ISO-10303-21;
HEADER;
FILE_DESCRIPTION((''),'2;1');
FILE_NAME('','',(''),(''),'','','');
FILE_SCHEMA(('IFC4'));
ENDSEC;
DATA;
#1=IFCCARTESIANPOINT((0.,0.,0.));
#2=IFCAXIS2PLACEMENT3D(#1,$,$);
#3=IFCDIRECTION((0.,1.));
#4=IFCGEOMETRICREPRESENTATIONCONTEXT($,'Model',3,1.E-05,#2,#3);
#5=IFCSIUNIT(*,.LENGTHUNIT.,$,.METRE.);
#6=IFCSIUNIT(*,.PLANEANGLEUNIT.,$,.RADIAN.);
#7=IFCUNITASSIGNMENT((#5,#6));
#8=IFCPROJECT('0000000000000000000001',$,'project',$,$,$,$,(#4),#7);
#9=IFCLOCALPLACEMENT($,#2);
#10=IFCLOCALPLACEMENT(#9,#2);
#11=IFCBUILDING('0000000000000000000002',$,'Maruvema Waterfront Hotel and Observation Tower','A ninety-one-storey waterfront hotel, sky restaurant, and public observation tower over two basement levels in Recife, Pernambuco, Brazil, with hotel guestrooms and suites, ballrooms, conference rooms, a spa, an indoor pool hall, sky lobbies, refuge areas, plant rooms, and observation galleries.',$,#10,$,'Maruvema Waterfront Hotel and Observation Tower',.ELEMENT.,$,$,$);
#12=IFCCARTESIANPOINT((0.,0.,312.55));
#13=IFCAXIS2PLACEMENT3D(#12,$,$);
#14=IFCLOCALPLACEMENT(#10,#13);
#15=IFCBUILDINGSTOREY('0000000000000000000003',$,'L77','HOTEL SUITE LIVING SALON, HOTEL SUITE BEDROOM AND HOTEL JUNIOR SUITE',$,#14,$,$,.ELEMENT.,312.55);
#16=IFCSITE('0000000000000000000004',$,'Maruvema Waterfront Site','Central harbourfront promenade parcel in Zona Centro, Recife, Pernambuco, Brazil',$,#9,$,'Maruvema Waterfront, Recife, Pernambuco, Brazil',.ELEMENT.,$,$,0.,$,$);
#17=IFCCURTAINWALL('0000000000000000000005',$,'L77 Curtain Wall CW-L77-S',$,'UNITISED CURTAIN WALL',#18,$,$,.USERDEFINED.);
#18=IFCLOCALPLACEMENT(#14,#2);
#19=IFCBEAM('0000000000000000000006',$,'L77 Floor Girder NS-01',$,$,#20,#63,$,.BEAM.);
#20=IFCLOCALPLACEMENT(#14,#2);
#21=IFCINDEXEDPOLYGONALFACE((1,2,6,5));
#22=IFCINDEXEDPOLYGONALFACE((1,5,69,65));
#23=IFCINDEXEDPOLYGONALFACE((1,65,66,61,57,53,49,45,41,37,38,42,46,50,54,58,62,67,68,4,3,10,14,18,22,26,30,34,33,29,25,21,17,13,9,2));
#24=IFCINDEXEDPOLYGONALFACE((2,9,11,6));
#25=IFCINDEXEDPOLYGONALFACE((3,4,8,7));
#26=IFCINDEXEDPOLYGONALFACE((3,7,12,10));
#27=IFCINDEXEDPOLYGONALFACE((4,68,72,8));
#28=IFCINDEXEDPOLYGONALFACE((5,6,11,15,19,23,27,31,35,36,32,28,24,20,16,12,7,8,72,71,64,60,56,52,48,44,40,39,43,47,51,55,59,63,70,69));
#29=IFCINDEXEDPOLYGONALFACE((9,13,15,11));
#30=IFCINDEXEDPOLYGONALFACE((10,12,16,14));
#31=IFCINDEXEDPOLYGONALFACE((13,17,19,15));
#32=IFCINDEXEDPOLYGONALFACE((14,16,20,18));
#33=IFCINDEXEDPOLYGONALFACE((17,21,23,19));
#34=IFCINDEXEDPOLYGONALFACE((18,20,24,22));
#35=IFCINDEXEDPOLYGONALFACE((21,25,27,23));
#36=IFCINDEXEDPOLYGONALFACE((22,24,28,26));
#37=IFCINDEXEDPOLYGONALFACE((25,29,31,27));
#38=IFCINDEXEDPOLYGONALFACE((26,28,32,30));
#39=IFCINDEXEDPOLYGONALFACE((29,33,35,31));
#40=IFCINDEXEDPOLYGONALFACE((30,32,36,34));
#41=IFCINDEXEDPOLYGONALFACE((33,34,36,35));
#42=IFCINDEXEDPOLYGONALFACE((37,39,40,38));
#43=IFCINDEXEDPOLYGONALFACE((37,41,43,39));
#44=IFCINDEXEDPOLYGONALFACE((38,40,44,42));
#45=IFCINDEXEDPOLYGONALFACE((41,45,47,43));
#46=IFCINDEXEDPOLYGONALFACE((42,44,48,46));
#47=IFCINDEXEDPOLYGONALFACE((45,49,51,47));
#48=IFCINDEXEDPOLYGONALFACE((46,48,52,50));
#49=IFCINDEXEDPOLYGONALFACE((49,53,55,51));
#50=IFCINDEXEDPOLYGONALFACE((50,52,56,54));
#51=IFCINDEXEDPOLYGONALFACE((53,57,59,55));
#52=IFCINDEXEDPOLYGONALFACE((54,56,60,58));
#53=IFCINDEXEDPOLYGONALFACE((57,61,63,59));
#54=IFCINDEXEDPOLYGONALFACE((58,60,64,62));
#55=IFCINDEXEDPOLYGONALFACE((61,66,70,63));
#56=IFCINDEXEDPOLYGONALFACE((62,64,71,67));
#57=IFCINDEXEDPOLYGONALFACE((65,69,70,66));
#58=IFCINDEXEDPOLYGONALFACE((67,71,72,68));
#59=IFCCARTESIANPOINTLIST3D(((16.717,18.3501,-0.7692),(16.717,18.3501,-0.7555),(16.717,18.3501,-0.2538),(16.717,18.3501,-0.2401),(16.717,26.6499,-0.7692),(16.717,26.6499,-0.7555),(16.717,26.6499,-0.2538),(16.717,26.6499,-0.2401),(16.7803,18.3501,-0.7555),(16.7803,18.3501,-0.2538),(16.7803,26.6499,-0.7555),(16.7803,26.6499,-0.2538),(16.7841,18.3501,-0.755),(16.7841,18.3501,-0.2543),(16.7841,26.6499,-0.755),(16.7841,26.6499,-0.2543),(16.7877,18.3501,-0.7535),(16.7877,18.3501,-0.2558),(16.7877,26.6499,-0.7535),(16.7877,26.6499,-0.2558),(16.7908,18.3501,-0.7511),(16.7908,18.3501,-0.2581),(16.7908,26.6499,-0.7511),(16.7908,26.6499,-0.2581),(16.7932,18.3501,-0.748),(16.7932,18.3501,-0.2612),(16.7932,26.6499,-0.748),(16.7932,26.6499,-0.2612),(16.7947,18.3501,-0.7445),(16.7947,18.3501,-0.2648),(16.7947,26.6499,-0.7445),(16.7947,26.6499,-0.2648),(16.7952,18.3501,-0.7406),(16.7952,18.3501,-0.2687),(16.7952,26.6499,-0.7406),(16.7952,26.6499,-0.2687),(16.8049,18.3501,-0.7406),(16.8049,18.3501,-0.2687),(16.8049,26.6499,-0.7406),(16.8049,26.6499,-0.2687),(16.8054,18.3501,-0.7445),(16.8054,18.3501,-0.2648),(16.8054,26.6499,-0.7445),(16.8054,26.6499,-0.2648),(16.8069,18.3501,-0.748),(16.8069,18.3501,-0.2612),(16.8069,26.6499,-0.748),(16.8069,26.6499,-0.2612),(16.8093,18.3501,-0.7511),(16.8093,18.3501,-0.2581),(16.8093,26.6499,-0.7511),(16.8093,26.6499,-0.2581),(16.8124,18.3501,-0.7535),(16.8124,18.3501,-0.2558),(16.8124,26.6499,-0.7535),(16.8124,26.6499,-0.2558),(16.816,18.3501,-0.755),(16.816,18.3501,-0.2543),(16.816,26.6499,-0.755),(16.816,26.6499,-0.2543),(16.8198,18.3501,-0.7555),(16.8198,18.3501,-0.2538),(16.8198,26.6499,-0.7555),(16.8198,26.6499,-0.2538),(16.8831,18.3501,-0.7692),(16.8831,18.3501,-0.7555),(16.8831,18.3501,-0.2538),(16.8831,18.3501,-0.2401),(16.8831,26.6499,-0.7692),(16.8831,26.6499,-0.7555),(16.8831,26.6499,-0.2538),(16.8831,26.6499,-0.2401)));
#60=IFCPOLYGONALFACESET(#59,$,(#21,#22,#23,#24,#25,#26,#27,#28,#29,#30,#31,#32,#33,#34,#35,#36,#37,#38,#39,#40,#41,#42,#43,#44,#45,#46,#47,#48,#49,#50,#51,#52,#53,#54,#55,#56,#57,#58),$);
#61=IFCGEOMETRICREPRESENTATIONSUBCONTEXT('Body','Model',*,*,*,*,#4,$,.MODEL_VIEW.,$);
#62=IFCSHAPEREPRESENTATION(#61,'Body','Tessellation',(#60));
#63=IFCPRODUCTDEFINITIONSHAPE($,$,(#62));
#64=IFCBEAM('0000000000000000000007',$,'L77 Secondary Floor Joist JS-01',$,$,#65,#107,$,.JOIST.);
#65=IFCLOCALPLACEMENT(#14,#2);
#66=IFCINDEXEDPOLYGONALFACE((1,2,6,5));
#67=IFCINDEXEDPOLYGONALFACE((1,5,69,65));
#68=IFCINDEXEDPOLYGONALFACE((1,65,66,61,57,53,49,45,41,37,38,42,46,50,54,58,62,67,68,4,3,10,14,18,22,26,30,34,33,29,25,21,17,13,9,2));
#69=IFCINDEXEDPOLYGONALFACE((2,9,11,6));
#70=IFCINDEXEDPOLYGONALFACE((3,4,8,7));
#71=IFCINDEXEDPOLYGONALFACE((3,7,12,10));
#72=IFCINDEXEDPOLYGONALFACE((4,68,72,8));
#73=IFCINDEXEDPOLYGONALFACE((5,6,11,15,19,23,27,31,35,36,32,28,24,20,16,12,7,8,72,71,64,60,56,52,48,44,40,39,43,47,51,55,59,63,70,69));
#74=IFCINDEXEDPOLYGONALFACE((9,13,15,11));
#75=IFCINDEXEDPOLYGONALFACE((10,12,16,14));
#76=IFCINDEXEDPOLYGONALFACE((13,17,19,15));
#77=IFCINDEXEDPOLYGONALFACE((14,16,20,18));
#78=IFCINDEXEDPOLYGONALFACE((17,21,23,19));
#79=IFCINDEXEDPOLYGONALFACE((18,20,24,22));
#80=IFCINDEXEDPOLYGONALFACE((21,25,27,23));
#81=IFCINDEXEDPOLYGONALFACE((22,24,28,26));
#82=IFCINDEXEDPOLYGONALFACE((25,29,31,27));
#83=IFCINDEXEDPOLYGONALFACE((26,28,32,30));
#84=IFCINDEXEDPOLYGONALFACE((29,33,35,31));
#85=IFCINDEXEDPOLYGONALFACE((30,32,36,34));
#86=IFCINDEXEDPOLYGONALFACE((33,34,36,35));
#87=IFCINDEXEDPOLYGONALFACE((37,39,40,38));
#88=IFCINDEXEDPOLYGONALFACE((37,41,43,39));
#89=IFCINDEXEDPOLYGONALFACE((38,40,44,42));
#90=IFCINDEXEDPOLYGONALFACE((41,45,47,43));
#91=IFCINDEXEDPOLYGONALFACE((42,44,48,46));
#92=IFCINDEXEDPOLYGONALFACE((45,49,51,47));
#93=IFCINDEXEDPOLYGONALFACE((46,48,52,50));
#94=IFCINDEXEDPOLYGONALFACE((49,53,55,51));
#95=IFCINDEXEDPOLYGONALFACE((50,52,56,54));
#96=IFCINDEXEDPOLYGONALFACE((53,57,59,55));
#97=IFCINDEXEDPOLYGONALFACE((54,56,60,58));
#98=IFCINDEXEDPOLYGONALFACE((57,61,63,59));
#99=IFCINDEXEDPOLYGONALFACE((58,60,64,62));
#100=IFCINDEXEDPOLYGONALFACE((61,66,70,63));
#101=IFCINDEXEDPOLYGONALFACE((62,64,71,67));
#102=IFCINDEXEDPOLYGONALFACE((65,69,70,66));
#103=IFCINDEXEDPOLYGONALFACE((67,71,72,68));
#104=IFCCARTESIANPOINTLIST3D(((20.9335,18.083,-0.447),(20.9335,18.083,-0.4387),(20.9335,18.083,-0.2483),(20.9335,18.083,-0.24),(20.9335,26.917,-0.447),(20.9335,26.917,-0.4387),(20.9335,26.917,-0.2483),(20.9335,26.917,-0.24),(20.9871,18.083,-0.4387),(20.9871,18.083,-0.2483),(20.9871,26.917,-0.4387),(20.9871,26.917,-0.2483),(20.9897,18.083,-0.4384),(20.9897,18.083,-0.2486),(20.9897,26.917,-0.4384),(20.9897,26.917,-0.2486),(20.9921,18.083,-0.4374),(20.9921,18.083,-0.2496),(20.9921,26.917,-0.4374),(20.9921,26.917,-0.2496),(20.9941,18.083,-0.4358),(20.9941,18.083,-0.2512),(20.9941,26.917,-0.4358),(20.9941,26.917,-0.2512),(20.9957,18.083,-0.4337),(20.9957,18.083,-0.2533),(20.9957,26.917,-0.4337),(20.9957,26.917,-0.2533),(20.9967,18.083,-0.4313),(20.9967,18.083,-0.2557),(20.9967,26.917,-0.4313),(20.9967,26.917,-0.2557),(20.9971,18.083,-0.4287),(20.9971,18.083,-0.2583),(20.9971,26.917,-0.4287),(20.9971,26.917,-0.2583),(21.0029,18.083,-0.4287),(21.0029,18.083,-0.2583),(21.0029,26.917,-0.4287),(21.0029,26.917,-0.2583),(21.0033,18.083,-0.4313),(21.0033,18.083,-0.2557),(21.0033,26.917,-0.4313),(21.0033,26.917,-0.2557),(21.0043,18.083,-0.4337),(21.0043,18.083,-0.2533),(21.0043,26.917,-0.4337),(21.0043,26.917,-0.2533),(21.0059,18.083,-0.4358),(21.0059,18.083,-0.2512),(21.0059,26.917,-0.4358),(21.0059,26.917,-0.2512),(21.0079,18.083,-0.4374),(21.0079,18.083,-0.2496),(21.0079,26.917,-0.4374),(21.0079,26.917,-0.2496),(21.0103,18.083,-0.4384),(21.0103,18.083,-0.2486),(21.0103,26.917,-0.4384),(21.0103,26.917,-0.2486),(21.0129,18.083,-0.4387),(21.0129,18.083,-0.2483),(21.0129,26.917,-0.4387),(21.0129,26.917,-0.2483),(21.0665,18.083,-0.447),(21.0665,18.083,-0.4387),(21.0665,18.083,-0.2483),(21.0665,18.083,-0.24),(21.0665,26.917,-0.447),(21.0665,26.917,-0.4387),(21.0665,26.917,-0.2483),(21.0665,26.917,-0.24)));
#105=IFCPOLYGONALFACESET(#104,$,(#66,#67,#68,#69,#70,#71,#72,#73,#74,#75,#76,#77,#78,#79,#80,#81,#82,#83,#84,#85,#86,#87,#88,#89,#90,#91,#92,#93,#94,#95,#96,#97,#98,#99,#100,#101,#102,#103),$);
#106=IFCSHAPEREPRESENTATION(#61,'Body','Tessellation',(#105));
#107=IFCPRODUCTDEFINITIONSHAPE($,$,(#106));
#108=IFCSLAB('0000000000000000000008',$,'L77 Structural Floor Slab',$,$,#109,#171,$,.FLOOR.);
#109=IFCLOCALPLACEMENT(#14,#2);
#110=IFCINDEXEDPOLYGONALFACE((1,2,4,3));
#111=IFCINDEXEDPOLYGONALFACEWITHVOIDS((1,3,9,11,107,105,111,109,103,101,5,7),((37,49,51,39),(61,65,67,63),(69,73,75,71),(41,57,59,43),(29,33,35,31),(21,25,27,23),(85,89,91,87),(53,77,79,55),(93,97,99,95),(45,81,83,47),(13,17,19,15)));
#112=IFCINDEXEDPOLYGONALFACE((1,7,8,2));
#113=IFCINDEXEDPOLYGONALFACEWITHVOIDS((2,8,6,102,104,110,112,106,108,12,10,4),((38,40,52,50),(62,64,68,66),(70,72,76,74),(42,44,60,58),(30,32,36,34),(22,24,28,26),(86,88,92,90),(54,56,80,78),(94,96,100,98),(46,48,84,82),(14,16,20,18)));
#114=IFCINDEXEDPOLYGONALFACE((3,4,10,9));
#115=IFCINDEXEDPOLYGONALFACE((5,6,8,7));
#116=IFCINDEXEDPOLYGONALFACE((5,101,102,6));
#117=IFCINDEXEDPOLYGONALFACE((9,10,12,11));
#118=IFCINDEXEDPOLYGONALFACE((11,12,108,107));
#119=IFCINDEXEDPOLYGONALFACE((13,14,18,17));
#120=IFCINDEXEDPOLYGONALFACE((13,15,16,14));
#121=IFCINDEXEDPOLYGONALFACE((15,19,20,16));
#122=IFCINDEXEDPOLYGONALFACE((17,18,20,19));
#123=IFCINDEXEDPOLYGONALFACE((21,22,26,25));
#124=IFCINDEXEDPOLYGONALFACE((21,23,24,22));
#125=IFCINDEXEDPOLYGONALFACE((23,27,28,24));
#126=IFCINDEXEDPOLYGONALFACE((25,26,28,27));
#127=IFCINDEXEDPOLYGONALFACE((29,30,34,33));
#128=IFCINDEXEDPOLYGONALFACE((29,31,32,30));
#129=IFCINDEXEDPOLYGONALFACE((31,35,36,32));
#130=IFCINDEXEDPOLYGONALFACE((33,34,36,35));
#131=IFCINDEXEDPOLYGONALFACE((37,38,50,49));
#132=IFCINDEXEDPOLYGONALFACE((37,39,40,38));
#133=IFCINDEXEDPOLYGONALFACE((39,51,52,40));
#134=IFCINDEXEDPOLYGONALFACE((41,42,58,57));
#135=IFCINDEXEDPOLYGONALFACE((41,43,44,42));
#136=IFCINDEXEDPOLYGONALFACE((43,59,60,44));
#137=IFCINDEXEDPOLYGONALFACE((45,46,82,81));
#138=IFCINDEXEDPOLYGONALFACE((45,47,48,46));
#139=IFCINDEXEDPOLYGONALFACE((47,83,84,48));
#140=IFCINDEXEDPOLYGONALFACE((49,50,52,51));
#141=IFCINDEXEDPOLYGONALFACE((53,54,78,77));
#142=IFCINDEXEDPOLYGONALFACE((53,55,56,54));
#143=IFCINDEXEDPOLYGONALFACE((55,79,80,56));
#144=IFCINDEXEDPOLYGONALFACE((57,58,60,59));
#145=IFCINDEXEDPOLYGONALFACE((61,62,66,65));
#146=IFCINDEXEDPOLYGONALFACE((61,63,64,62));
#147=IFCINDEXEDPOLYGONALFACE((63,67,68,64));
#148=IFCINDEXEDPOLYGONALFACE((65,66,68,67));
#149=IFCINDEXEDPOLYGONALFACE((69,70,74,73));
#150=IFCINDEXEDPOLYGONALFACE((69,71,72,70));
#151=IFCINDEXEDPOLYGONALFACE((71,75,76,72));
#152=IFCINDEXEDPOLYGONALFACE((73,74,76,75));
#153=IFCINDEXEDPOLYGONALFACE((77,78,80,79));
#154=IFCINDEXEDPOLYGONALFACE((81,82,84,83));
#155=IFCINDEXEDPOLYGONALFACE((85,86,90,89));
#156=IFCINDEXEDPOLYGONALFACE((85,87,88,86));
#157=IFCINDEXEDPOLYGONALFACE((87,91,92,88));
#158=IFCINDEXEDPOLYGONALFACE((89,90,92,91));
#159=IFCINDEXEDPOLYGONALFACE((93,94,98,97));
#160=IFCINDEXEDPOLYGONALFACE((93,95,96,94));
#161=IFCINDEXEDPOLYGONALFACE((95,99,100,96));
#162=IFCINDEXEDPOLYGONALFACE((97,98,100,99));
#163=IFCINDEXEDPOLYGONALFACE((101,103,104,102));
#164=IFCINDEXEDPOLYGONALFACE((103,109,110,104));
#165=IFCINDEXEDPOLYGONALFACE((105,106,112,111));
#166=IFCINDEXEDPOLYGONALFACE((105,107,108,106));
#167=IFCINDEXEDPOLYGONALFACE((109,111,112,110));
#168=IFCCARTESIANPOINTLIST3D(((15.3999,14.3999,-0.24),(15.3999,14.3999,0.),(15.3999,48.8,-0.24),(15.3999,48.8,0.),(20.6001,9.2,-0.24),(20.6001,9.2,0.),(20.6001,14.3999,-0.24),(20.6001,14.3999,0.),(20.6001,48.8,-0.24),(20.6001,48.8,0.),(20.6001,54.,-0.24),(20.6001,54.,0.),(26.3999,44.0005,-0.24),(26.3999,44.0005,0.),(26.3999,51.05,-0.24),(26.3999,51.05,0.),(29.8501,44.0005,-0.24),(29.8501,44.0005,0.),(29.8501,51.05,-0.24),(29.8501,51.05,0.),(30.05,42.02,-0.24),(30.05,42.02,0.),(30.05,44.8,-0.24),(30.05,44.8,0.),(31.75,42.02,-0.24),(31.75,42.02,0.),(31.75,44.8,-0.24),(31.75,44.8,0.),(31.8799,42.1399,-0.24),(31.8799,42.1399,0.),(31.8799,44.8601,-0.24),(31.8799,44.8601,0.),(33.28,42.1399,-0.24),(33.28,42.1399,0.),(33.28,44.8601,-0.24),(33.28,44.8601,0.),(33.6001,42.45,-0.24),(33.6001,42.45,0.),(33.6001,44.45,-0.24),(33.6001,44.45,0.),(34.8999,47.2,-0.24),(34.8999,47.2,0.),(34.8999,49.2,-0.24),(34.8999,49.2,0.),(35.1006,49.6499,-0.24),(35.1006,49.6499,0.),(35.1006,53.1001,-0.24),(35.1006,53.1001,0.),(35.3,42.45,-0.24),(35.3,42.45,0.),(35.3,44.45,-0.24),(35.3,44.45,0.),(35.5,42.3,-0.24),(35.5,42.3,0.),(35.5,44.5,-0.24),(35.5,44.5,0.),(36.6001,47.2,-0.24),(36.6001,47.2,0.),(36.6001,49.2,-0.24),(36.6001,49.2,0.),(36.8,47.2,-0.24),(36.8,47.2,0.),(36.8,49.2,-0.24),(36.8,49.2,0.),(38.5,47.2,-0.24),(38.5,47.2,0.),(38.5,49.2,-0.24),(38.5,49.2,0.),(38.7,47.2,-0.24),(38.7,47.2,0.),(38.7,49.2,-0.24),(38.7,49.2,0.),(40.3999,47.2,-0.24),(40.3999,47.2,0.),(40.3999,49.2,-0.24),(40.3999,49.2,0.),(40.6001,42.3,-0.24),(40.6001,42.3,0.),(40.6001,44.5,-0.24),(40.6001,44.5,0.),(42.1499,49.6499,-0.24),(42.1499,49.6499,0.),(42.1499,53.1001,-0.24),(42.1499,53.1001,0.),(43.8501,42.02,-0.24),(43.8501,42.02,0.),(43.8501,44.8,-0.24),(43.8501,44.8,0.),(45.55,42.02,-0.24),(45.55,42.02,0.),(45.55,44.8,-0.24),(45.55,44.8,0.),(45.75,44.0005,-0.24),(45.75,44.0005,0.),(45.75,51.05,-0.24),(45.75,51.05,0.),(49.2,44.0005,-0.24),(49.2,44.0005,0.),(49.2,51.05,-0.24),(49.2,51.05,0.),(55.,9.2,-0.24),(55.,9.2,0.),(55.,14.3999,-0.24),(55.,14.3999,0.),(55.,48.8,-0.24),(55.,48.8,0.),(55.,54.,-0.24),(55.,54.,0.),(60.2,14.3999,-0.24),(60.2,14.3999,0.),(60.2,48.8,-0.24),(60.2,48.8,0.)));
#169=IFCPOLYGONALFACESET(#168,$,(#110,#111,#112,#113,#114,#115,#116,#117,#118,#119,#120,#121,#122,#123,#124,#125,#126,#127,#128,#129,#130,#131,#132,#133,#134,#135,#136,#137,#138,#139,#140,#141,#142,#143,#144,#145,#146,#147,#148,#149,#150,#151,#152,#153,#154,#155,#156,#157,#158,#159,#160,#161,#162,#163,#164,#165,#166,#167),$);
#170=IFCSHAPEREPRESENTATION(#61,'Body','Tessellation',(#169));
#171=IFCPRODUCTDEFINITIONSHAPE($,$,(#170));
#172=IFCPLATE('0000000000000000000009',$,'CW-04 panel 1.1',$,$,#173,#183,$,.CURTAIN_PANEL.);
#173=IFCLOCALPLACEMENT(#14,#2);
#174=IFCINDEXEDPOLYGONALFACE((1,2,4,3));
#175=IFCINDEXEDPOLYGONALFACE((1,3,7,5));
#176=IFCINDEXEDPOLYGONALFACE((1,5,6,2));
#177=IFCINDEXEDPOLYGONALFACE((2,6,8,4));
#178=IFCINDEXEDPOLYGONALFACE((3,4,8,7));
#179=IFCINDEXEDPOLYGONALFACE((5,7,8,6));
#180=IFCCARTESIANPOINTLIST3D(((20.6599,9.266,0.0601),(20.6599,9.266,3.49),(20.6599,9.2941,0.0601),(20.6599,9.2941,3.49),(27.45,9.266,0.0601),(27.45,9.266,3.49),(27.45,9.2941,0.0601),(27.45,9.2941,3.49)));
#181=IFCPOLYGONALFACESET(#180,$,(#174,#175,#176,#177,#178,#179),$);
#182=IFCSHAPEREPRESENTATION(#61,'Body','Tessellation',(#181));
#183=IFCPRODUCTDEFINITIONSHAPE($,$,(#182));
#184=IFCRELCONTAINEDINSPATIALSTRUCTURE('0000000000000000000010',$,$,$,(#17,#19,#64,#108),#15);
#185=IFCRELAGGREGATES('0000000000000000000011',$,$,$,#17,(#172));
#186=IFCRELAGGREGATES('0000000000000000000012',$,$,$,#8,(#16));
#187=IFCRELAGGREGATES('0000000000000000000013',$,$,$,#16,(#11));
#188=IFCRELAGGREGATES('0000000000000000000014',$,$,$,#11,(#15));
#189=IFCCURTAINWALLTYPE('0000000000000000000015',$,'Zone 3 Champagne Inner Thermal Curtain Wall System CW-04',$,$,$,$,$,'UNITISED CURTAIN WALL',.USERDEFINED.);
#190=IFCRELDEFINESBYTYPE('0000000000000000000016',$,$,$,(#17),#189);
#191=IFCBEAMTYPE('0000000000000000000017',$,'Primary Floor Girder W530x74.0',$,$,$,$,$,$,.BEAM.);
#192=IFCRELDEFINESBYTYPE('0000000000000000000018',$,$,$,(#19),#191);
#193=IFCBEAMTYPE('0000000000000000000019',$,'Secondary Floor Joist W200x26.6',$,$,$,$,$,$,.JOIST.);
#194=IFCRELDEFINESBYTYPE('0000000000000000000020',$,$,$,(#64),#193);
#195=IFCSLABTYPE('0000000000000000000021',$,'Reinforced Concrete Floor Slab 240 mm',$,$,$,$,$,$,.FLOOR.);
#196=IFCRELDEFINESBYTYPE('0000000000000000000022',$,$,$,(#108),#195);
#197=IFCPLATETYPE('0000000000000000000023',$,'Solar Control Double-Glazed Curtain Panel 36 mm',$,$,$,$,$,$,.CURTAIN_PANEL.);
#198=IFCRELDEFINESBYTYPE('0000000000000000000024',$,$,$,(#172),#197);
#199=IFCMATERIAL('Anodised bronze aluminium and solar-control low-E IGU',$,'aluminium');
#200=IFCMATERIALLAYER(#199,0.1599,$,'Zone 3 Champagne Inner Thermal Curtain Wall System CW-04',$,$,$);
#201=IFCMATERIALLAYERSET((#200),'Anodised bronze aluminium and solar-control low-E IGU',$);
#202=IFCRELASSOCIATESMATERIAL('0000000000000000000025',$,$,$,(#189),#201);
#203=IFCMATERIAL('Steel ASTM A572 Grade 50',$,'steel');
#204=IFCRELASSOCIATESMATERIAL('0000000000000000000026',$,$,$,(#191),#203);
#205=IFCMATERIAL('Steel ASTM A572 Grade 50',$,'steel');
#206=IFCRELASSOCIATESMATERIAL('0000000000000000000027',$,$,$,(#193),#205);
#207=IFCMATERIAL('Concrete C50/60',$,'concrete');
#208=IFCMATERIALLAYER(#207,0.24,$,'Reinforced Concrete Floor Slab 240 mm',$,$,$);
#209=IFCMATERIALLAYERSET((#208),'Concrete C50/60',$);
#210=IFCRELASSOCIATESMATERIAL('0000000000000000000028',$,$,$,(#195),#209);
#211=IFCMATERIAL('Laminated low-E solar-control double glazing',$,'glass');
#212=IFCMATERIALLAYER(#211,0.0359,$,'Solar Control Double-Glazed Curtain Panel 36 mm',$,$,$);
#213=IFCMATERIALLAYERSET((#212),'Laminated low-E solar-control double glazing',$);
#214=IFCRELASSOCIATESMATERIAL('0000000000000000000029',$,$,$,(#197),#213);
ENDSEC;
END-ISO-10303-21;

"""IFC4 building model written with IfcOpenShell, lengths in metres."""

from ifc_helpers import new_model, si_unit, direction, frame, origin, origin_2d, place, context, subcontext, project, spatial, polyline, rectangle, i_section, outline, extrude, material, layer, layer_set, material_profile, profile_set, type_object, element, aggregate, save


model = new_model("IFC4")

# Units and contexts
model_context = context("Model", 3, precision=1e-05, world=origin(), true_north=direction((0.0, 1.0)))
body_context = subcontext(model_context, "Body", "Model", "MODEL_VIEW")
ifc_project = project(units=[si_unit("LENGTHUNIT", "METRE"), si_unit("PLANEANGLEUNIT", "RADIAN")], contexts=[model_context])

# Site, building, storey
site_placement = place(None, origin())
site = spatial("IfcSite", under=ifc_project, at=site_placement, Name="Maruvema Waterfront Site", Description="Central harbourfront promenade parcel in Zona Centro, Recife, Pernambuco, Brazil", LongName="Maruvema Waterfront, Recife, Pernambuco, Brazil", CompositionType="ELEMENT", RefElevation=0.0)
building_placement = place(site_placement, origin())
building = spatial("IfcBuilding", under=site, at=building_placement, Name="Maruvema Waterfront Hotel and Observation Tower", Description="A ninety-one-storey waterfront hotel, sky restaurant, and public observation tower over two basement levels in Recife, Pernambuco, Brazil, with hotel guestrooms and suites, ballrooms, conference rooms, a spa, an indoor pool hall, sky lobbies, refuge areas, plant rooms, and observation galleries.", LongName="Maruvema Waterfront Hotel and Observation Tower", CompositionType="ELEMENT")
storey_placement = place(building_placement, frame((0.0, 0.0, 312.55)))
storey = spatial("IfcBuildingStorey", under=building, at=storey_placement, Name="L77", Description="HOTEL SUITE LIVING SALON, HOTEL SUITE BEDROOM AND HOTEL JUNIOR SUITE", CompositionType="ELEMENT", Elevation=312.55)

# Curtain wall
ifc_material_1 = material(Name="Anodised bronze aluminium and solar-control low-E IGU", Category="aluminium")
ifc_layer_1 = layer(ifc_material_1, 0.1599, Name="Zone 3 Champagne Inner Thermal Curtain Wall System CW-04")
ifc_layer_set_1 = layer_set([ifc_layer_1], Name="Anodised bronze aluminium and solar-control low-E IGU")
curtain_wall_type = type_object("IfcCurtainWallType", Name="Zone 3 Champagne Inner Thermal Curtain Wall System CW-04", ElementType="UNITISED CURTAIN WALL", PredefinedType="USERDEFINED", material=ifc_layer_set_1)
curtain_wall_1_placement = place(storey_placement, origin())
curtain_wall_1 = element("IfcCurtainWall", 1, at=curtain_wall_1_placement, inside=storey, type_object=curtain_wall_type, Name="L77 Curtain Wall CW-L77-S", ObjectType="UNITISED CURTAIN WALL", PredefinedType="USERDEFINED")

# Beams
ifc_material_2 = material(Name="Steel ASTM A572 Grade 50", Category="steel")
ifc_material_profile_1 = material_profile(ifc_material_2, i_section(OverallWidth=0.166, OverallDepth=0.5291, WebThickness=0.0098, FlangeThickness=0.0137, FilletRadius=0.0149, at=origin_2d()), Name="W530x74.0")
ifc_profile_set_1 = profile_set([ifc_material_profile_1], Name="Steel ASTM A572 Grade 50")
beam_type_1 = type_object("IfcBeamType", Name="Primary Floor Girder W530x74.0", PredefinedType="BEAM", material=ifc_profile_set_1)
beam_1_placement = place(storey_placement, frame((16.8, 18.3501, -0.5046), z_axis=(0.0, 1.0, 0.0), x_axis=(-1.0, 0.0, 0.0)))
element("IfcBeam", 2, at=beam_1_placement, inside=storey, type_object=beam_type_1, Name="L77 Floor Girder NS-01", PredefinedType="BEAM", context=body_context, shape_type="SweptSolid", body=[
    extrude(i_section(OverallWidth=0.166, OverallDepth=0.5291, WebThickness=0.0098, FlangeThickness=0.0137, FilletRadius=0.0149, at=origin_2d()), origin(), (0.0, 0.0, 1.0), 8.2998),
])
ifc_material_3 = material(Name="Steel ASTM A572 Grade 50", Category="steel")
ifc_material_profile_2 = material_profile(ifc_material_3, i_section(OverallWidth=0.1331, OverallDepth=0.207, WebThickness=0.0059, FlangeThickness=0.0083, FilletRadius=0.01, at=origin_2d()), Name="W200x26.6")
ifc_profile_set_2 = profile_set([ifc_material_profile_2], Name="Steel ASTM A572 Grade 50")
beam_type_2 = type_object("IfcBeamType", Name="Secondary Floor Joist W200x26.6", PredefinedType="JOIST", material=ifc_profile_set_2)
beam_2_placement = place(storey_placement, frame((21.0, 18.083, -0.3435), z_axis=(0.0, 1.0, 0.0), x_axis=(-1.0, 0.0, 0.0)))
element("IfcBeam", 3, at=beam_2_placement, inside=storey, type_object=beam_type_2, Name="L77 Secondary Floor Joist JS-01", PredefinedType="JOIST", context=body_context, shape_type="SweptSolid", body=[
    extrude(i_section(OverallWidth=0.1331, OverallDepth=0.207, WebThickness=0.0059, FlangeThickness=0.0083, FilletRadius=0.01, at=origin_2d()), origin(), (0.0, 0.0, 1.0), 8.834),
])

# Slab
ifc_material_4 = material(Name="Concrete C50/60", Category="concrete")
ifc_layer_2 = layer(ifc_material_4, 0.24, Name="Reinforced Concrete Floor Slab 240 mm")
ifc_layer_set_2 = layer_set([ifc_layer_2], Name="Concrete C50/60")
slab_type_1 = type_object("IfcSlabType", Name="Reinforced Concrete Floor Slab 240 mm", PredefinedType="FLOOR", material=ifc_layer_set_2)
slab_1_placement = place(storey_placement, frame((0.0, 0.0, -0.24)))
element("IfcSlab", 4, at=slab_1_placement, inside=storey, type_object=slab_type_1, Name="L77 Structural Floor Slab", PredefinedType="FLOOR", context=body_context, shape_type="SweptSolid", body=[
    extrude(outline(polyline([(20.6001, 9.2), (55.0, 9.2), (55.0, 14.3999), (60.2, 14.3999), (60.2, 48.8), (55.0, 48.8), (55.0, 54.0), (20.6001, 54.0), (20.6001, 48.8), (15.3999, 48.8), (15.3999, 14.3999), (20.6001, 14.3999), (20.6001, 9.2)]), holes=[polyline([(26.3999, 44.0005), (26.3999, 51.05), (29.8501, 51.05), (29.8501, 44.0005), (26.3999, 44.0005)]), polyline([(30.05, 44.8), (31.75, 44.8), (31.75, 42.02), (30.05, 42.02), (30.05, 44.8)]), polyline([(31.8799, 42.1399), (31.8799, 44.8601), (33.28, 44.8601), (33.28, 42.1399), (31.8799, 42.1399)]), polyline([(33.6001, 44.45), (35.3, 44.45), (35.3, 42.45), (33.6001, 42.45), (33.6001, 44.45)]), polyline([(34.8999, 49.2), (36.6001, 49.2), (36.6001, 47.2), (34.8999, 47.2), (34.8999, 49.2)]), polyline([(36.8, 47.2), (36.8, 49.2), (38.5, 49.2), (38.5, 47.2), (36.8, 47.2)]), polyline([(35.5, 42.3), (35.5, 44.5), (40.6001, 44.5), (40.6001, 42.3), (35.5, 42.3)]), polyline([(35.1006, 53.1001), (42.1499, 53.1001), (42.1499, 49.6499), (35.1006, 49.6499), (35.1006, 53.1001)]), polyline([(38.7, 49.2), (40.3999, 49.2), (40.3999, 47.2), (38.7, 47.2), (38.7, 49.2)]), polyline([(43.8501, 44.8), (45.55, 44.8), (45.55, 42.02), (43.8501, 42.02), (43.8501, 44.8)]), polyline([(45.75, 44.0005), (45.75, 51.05), (49.2, 51.05), (49.2, 44.0005), (45.75, 44.0005)])]), origin(), (0.0, 0.0, 1.0), 0.24),
])

# Plate
ifc_material_5 = material(Name="Laminated low-E solar-control double glazing", Category="glass")
ifc_layer_3 = layer(ifc_material_5, 0.0359, Name="Solar Control Double-Glazed Curtain Panel 36 mm")
ifc_layer_set_3 = layer_set([ifc_layer_3], Name="Laminated low-E solar-control double glazing")
plate_type = type_object("IfcPlateType", Name="Solar Control Double-Glazed Curtain Panel 36 mm", PredefinedType="CURTAIN_PANEL", material=ifc_layer_set_3)
plate_1_placement = place(storey_placement, frame((24.0549, 9.28, 0.0601), z_axis=(0.0, 0.0, 1.0), x_axis=(1.0, 0.0, 0.0)))
plate_1 = element("IfcPlate", 5, at=plate_1_placement, type_object=plate_type, Name="CW-04 panel 1.1", PredefinedType="CURTAIN_PANEL", context=body_context, shape_type="SweptSolid", body=[
    extrude(rectangle(XDim=6.79, YDim=0.0281, at=origin_2d()), origin(), (0.0, 0.0, 1.0), 3.4299),
])
aggregate(curtain_wall_1, [plate_1])

save(model, "model.ifc")
